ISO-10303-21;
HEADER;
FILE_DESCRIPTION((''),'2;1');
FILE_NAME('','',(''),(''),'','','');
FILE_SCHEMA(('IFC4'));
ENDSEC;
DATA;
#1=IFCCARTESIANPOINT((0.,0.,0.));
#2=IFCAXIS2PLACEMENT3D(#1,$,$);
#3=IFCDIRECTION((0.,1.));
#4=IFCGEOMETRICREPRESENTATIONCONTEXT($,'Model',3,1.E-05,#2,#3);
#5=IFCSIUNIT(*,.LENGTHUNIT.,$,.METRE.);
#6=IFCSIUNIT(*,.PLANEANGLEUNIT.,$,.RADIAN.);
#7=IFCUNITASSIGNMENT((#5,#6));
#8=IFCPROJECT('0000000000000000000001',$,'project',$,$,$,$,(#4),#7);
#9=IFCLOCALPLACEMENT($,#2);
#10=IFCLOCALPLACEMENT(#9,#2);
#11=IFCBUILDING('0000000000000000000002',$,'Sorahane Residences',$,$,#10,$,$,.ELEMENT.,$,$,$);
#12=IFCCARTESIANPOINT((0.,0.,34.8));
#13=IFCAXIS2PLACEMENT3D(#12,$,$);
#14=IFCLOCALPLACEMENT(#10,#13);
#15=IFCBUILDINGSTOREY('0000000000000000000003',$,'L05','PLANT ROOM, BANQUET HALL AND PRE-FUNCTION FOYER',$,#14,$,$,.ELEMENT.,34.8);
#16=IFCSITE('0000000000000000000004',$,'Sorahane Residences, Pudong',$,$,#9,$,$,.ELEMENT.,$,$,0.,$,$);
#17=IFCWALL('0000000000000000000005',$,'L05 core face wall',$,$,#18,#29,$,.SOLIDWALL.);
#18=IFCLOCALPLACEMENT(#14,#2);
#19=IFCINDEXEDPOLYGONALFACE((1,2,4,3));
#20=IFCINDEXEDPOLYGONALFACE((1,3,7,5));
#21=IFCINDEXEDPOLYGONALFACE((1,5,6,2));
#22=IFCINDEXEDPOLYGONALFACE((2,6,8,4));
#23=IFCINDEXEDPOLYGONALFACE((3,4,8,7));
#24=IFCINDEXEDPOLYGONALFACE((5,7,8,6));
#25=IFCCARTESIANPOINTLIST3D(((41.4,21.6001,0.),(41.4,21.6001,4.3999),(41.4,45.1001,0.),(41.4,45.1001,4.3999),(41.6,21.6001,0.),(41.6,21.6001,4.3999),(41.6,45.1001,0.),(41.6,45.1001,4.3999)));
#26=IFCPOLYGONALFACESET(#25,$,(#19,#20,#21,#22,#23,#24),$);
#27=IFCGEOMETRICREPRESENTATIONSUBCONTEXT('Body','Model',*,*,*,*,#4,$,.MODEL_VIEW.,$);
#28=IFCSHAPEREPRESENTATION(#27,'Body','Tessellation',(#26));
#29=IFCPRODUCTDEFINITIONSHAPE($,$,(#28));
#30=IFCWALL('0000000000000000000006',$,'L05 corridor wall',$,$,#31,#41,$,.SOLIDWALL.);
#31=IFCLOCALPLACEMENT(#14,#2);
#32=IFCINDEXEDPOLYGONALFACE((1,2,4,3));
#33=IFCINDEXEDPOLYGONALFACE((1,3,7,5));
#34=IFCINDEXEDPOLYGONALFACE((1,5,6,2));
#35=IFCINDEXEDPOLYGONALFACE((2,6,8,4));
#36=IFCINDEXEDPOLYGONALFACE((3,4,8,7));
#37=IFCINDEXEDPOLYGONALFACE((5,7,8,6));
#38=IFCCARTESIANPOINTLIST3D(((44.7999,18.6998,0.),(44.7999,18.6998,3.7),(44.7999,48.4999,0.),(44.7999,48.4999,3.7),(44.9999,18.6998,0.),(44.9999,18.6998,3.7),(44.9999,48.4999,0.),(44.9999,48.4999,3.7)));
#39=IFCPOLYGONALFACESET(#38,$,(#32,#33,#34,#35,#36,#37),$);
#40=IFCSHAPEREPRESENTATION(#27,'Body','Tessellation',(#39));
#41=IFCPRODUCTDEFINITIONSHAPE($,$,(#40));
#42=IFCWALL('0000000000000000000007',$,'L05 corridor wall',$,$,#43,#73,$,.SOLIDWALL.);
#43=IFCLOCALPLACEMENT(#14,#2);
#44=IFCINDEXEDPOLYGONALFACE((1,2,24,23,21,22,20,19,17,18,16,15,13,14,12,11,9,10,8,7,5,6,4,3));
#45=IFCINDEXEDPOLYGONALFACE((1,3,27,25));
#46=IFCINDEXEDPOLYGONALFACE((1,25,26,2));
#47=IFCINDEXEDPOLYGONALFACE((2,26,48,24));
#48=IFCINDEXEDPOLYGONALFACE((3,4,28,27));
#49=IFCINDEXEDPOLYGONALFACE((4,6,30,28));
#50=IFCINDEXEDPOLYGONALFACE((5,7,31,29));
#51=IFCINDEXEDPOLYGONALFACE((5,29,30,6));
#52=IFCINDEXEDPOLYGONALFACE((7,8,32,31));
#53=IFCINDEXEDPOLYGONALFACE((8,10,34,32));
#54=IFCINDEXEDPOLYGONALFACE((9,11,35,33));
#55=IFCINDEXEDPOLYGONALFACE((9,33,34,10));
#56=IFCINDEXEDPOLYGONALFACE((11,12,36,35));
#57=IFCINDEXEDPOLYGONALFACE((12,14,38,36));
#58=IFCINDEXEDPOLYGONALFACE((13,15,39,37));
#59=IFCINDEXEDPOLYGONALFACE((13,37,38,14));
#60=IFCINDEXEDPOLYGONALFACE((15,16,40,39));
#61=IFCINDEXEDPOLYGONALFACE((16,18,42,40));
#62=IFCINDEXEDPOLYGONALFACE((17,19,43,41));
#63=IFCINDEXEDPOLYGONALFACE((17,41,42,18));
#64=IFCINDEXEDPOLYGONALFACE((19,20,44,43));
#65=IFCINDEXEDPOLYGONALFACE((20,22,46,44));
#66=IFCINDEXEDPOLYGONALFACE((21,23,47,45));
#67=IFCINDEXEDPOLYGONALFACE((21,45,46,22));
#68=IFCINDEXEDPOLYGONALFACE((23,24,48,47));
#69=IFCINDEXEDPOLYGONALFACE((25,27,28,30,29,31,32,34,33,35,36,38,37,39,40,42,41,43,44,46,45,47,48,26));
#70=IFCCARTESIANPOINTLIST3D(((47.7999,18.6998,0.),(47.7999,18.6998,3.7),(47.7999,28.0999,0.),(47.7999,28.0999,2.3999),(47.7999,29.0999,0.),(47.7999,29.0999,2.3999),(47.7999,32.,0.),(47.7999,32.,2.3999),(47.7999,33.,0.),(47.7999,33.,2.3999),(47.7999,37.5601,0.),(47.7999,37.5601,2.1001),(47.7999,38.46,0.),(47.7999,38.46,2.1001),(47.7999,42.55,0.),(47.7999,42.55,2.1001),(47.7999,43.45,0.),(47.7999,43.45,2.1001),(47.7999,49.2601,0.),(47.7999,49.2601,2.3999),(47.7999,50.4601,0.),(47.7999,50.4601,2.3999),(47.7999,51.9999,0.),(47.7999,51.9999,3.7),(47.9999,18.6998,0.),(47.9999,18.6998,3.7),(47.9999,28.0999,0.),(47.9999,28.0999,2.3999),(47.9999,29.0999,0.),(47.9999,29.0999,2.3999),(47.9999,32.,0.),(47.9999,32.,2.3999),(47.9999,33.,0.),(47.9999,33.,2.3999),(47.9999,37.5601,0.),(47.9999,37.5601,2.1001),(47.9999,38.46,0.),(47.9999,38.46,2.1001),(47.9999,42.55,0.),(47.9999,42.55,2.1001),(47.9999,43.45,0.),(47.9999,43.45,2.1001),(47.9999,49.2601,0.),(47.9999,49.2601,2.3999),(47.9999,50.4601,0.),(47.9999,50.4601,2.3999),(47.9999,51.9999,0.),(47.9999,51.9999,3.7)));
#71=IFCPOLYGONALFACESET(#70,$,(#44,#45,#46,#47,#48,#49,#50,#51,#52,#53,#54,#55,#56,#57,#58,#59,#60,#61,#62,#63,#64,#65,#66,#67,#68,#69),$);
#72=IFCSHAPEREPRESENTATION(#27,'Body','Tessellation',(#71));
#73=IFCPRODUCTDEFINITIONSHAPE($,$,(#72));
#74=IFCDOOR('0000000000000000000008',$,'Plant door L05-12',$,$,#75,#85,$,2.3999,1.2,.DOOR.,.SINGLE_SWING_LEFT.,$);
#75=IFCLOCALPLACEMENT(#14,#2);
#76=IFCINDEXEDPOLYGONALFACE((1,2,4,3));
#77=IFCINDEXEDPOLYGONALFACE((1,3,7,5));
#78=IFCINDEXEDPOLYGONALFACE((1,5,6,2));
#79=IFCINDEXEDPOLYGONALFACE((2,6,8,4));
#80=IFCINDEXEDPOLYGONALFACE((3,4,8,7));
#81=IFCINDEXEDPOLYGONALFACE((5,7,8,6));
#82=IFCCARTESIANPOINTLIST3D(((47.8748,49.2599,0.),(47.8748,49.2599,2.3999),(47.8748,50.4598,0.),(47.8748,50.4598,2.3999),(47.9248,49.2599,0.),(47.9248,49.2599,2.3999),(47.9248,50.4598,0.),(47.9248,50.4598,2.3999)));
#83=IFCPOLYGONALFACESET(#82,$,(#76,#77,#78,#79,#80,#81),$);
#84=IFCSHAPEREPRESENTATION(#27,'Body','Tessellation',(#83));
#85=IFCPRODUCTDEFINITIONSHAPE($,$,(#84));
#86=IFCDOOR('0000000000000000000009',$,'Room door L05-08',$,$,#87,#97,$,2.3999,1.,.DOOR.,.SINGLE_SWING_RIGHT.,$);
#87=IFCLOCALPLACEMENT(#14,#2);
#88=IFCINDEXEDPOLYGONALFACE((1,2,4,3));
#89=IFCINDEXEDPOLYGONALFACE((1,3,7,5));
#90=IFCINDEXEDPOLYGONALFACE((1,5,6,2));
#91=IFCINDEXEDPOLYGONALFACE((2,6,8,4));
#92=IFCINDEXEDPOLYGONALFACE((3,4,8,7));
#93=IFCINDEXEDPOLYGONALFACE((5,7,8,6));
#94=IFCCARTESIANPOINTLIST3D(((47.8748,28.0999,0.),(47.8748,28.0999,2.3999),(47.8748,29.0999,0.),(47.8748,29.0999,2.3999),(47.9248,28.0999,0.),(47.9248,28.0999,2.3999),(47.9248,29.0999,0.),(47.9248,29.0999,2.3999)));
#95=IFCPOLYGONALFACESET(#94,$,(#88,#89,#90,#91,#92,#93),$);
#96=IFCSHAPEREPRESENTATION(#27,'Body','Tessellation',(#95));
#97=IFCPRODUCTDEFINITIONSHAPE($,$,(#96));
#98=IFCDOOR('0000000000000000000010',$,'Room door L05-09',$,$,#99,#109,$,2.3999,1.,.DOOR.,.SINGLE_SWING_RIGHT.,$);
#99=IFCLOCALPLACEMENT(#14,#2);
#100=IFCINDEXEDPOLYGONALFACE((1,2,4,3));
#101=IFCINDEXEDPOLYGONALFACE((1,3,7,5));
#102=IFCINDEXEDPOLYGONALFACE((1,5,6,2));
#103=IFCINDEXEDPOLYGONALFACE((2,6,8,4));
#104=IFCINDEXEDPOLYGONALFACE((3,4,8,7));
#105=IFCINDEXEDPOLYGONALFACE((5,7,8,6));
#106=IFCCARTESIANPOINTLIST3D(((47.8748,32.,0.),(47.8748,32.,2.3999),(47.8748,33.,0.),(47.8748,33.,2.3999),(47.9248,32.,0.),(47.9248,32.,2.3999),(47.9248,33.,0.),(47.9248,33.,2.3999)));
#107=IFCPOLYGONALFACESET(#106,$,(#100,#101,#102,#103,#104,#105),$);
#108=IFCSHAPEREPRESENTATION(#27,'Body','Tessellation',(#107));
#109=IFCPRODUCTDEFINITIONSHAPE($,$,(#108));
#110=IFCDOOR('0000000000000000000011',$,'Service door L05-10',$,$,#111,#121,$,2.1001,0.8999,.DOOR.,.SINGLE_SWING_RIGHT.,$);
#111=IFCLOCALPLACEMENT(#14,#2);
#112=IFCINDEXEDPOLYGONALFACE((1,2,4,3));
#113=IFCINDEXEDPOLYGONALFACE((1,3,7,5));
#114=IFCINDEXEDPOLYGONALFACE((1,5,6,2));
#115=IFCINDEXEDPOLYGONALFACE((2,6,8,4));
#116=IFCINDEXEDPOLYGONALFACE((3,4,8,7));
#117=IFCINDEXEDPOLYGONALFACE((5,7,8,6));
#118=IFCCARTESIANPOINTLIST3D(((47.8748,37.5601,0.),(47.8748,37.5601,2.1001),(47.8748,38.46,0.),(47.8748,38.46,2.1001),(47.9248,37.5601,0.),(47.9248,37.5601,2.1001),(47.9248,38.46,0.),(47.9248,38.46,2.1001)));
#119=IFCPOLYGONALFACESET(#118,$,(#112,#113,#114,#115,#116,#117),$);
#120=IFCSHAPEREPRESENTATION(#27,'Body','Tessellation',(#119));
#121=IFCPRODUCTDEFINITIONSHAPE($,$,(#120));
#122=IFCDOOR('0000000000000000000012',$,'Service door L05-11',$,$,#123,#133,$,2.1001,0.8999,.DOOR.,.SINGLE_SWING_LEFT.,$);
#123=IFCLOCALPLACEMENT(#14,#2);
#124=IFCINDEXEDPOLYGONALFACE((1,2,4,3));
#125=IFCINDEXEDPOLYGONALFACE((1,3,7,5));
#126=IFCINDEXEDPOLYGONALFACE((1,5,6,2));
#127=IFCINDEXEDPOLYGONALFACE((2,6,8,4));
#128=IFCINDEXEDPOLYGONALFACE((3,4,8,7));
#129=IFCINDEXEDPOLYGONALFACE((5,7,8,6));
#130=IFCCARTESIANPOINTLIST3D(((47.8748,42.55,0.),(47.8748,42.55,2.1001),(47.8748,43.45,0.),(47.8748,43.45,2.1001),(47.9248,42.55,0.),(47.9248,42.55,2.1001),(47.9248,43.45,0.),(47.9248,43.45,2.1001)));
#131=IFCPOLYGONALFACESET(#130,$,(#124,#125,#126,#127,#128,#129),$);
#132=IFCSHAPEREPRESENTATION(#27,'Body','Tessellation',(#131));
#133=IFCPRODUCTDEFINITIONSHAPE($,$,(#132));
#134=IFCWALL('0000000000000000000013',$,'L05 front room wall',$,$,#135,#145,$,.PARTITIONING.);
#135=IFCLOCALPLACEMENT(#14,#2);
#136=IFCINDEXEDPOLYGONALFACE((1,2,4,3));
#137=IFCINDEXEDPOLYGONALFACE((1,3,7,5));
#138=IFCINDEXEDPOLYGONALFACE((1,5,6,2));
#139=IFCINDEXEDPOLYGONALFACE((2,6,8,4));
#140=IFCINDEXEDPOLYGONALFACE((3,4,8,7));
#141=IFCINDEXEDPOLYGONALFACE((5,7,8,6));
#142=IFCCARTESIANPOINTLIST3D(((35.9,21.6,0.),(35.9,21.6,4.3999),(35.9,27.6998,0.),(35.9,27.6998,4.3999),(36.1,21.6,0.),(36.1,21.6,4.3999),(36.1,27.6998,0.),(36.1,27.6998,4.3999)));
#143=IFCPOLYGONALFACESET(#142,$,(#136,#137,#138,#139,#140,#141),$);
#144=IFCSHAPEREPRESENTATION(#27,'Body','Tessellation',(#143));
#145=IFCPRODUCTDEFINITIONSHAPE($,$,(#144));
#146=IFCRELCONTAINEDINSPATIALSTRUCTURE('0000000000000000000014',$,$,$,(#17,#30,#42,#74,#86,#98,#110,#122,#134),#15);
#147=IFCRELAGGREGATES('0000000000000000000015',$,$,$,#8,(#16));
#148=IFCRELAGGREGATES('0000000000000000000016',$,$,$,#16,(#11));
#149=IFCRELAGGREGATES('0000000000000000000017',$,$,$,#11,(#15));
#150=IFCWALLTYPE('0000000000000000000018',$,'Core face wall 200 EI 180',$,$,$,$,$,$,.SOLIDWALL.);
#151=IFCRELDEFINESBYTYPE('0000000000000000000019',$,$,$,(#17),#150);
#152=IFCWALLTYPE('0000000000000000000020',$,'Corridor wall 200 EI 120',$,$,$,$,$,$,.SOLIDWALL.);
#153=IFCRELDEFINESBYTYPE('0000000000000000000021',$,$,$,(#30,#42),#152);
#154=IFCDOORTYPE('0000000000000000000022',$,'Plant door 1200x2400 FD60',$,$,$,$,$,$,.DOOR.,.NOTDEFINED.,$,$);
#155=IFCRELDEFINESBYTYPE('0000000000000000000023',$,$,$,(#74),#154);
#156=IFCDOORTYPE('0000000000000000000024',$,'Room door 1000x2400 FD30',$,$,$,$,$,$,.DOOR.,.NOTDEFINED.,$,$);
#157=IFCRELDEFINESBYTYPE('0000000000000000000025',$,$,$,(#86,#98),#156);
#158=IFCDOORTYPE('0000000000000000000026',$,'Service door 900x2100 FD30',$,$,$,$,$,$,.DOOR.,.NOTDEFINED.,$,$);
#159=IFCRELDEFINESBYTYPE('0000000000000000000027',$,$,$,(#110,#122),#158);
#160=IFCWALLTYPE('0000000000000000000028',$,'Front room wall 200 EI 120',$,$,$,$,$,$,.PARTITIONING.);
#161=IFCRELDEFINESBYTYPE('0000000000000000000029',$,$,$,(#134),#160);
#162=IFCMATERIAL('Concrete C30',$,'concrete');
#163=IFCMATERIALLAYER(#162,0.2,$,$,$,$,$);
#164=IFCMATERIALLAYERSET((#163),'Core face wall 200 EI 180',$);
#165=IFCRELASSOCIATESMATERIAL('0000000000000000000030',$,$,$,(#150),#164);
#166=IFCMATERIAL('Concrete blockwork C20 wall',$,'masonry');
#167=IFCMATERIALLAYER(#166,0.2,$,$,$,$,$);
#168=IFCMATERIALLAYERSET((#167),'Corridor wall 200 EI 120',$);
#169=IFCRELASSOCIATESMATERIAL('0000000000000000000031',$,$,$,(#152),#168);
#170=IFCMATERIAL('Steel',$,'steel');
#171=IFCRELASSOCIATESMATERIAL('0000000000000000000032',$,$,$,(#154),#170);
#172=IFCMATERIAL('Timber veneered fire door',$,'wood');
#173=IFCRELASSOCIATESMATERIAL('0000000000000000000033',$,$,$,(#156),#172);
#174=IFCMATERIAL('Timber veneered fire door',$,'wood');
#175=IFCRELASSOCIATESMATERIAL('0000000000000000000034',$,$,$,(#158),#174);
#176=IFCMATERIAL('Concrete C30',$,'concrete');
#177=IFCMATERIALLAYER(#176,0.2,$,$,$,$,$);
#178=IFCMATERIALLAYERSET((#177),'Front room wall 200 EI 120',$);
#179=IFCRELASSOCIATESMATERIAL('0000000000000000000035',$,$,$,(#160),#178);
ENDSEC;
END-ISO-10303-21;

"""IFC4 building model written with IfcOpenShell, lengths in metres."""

from ifc_helpers import new_model, si_unit, direction, frame, frame_2d, origin, place, context, subcontext, project, spatial, rectangle, extrude, material, layer, layer_set, type_object, element, fill, save


model = new_model("IFC4")

# Units and contexts
model_context = context("Model", 3, precision=1e-05, world=origin(), true_north=direction((0.0, 1.0)))
body_context = subcontext(model_context, "Body", "Model", "MODEL_VIEW")
ifc_project = project(units=[si_unit("LENGTHUNIT", "METRE"), si_unit("PLANEANGLEUNIT", "RADIAN")], contexts=[model_context])

# Site, building, storey
site_placement = place(None, origin())
site = spatial("IfcSite", under=ifc_project, at=site_placement, Name="Sorahane Residences, Pudong", CompositionType="ELEMENT", RefElevation=0.0)
building_placement = place(site_placement, origin())
building = spatial("IfcBuilding", under=site, at=building_placement, Name="Sorahane Residences", CompositionType="ELEMENT")
storey_placement = place(building_placement, frame((0.0, 0.0, 34.8)))
storey = spatial("IfcBuildingStorey", under=building, at=storey_placement, Name="L05", Description="PLANT ROOM, BANQUET HALL AND PRE-FUNCTION FOYER", CompositionType="ELEMENT", Elevation=34.8)

# Walls
ifc_material_1 = material(Name="Concrete C30", Category="concrete")
ifc_layer_1 = layer(ifc_material_1, 0.2)
ifc_layer_set_1 = layer_set([ifc_layer_1], Name="Core face wall 200 EI 180")
wall_type_1 = type_object("IfcWallType", Name="Core face wall 200 EI 180", PredefinedType="SOLIDWALL", material=ifc_layer_set_1)
wall_1_placement = place(storey_placement, frame((41.5, 21.6001, 0.0), z_axis=(0.0, 0.0, 1.0), x_axis=(0.0, 1.0, 0.0)))
element("IfcWall", 1, at=wall_1_placement, inside=storey, type_object=wall_type_1, Name="L05 core face wall", PredefinedType="SOLIDWALL", context=body_context, shape_type="SweptSolid", body=[
    extrude(rectangle(XDim=23.5, YDim=0.2, at=frame_2d((11.75, 0.0))), origin(), (0.0, 0.0, 1.0), 4.3999),
])
ifc_material_2 = material(Name="Concrete blockwork C20 wall", Category="masonry")
ifc_layer_2 = layer(ifc_material_2, 0.2)
ifc_layer_set_2 = layer_set([ifc_layer_2], Name="Corridor wall 200 EI 120")
wall_type_2 = type_object("IfcWallType", Name="Corridor wall 200 EI 120", PredefinedType="SOLIDWALL", material=ifc_layer_set_2)
wall_2_placement = place(storey_placement, frame((44.8999, 18.7, 0.0), z_axis=(0.0, 0.0, 1.0), x_axis=(0.0, 1.0, 0.0)))
element("IfcWall", 2, at=wall_2_placement, inside=storey, type_object=wall_type_2, Name="L05 corridor wall", PredefinedType="SOLIDWALL", context=body_context, shape_type="SweptSolid", body=[
    extrude(rectangle(XDim=29.8, YDim=0.2, at=frame_2d((14.8999, 0.0))), origin(), (0.0, 0.0, 1.0), 3.7),
])

# Wall, openings, doors
wall_3_placement = place(storey_placement, frame((47.8999, 18.7, 0.0), z_axis=(0.0, 0.0, 1.0), x_axis=(0.0, 1.0, 0.0)))
wall_3 = element("IfcWall", 3, at=wall_3_placement, inside=storey, type_object=wall_type_2, Name="L05 corridor wall", PredefinedType="SOLIDWALL", context=body_context, shape_type="SweptSolid", body=[
    extrude(rectangle(XDim=33.3, YDim=0.2, at=frame_2d((16.6499, 0.0))), origin(), (0.0, 0.0, 1.0), 3.7),
])
opening_1_placement = place(wall_3_placement, frame((9.3999, 0.0, 0.0)))
opening_1 = element("IfcOpeningElement", 4, at=opening_1_placement, cuts=wall_3, PredefinedType="OPENING", context=body_context, shape_type="SweptSolid", body=[
    extrude(rectangle(XDim=1.0, YDim=2.3999, at=frame_2d((0.5, 1.2))), frame((0.0, 0.1099, 0.0), z_axis=(0.0, -1.0, 0.0), x_axis=(1.0, 0.0, 0.0)), (0.0, 0.0, 1.0), 0.22),
])
opening_2_placement = place(wall_3_placement, frame((13.3, 0.0, 0.0)))
opening_2 = element("IfcOpeningElement", 5, at=opening_2_placement, cuts=wall_3, PredefinedType="OPENING", context=body_context, shape_type="SweptSolid", body=[
    extrude(rectangle(XDim=1.0, YDim=2.3999, at=frame_2d((0.5, 1.2))), frame((0.0, 0.1099, 0.0), z_axis=(0.0, -1.0, 0.0), x_axis=(1.0, 0.0, 0.0)), (0.0, 0.0, 1.0), 0.22),
])
opening_3_placement = place(wall_3_placement, frame((18.8601, 0.0, 0.0)))
opening_3 = element("IfcOpeningElement", 6, at=opening_3_placement, cuts=wall_3, PredefinedType="OPENING", context=body_context, shape_type="SweptSolid", body=[
    extrude(rectangle(XDim=0.8999, YDim=2.1001, at=frame_2d((0.45, 1.05))), frame((0.0, 0.1099, 0.0), z_axis=(0.0, -1.0, 0.0), x_axis=(1.0, 0.0, 0.0)), (0.0, 0.0, 1.0), 0.22),
])
opening_4_placement = place(wall_3_placement, frame((23.8501, 0.0, 0.0)))
opening_4 = element("IfcOpeningElement", 7, at=opening_4_placement, cuts=wall_3, PredefinedType="OPENING", context=body_context, shape_type="SweptSolid", body=[
    extrude(rectangle(XDim=0.8999, YDim=2.1001, at=frame_2d((0.45, 1.05))), frame((0.0, 0.1099, 0.0), z_axis=(0.0, -1.0, 0.0), x_axis=(1.0, 0.0, 0.0)), (0.0, 0.0, 1.0), 0.22),
])
opening_5_placement = place(wall_3_placement, frame((30.5601, 0.0, 0.0)))
opening_5 = element("IfcOpeningElement", 8, at=opening_5_placement, cuts=wall_3, PredefinedType="OPENING", context=body_context, shape_type="SweptSolid", body=[
    extrude(rectangle(XDim=1.2, YDim=2.3999, at=frame_2d((0.6001, 1.2))), frame((0.0, 0.1099, 0.0), z_axis=(0.0, -1.0, 0.0), x_axis=(1.0, 0.0, 0.0)), (0.0, 0.0, 1.0), 0.22),
])
ifc_material_3 = material(Name="Steel", Category="steel")
door_type_1 = type_object("IfcDoorType", Name="Plant door 1200x2400 FD60", OperationType="NOTDEFINED", PredefinedType="DOOR", material=ifc_material_3)
door_1_placement = place(opening_5_placement, frame((1.2, 0.0, 0.0), z_axis=(0.0, 0.0, 1.0), x_axis=(-1.0, 0.0, 0.0)))
door_1 = element("IfcDoor", 9, at=door_1_placement, inside=storey, type_object=door_type_1, Name="Plant door L05-12", OperationType="SINGLE_SWING_LEFT", OverallHeight=2.3999, OverallWidth=1.2, PredefinedType="DOOR", context=body_context, shape_type="SweptSolid", body=[
    extrude(rectangle(XDim=1.2, YDim=2.3999, at=frame_2d((0.6001, 1.2))), frame((0.0, 0.0249, 0.0), z_axis=(0.0, -1.0, 0.0), x_axis=(1.0, 0.0, 0.0)), (0.0, 0.0, 1.0), 0.05),
])
fill(opening_5, door_1)
ifc_material_4 = material(Name="Timber veneered fire door", Category="wood")
door_type_2 = type_object("IfcDoorType", Name="Room door 1000x2400 FD30", OperationType="NOTDEFINED", PredefinedType="DOOR", material=ifc_material_4)
door_2_placement = place(opening_1_placement, frame((1.0, 0.0, 0.0), z_axis=(0.0, 0.0, 1.0), x_axis=(-1.0, 0.0, 0.0)))
door_2 = element("IfcDoor", 10, at=door_2_placement, inside=storey, type_object=door_type_2, Name="Room door L05-08", OperationType="SINGLE_SWING_RIGHT", OverallHeight=2.3999, OverallWidth=1.0, PredefinedType="DOOR", context=body_context, shape_type="SweptSolid", body=[
    extrude(rectangle(XDim=1.0, YDim=2.3999, at=frame_2d((0.5, 1.2))), frame((0.0, 0.0249, 0.0), z_axis=(0.0, -1.0, 0.0), x_axis=(1.0, 0.0, 0.0)), (0.0, 0.0, 1.0), 0.05),
])
fill(opening_1, door_2)
door_3_placement = place(opening_2_placement, frame((1.0, 0.0, 0.0), z_axis=(0.0, 0.0, 1.0), x_axis=(-1.0, 0.0, 0.0)))
door_3 = element("IfcDoor", 11, at=door_3_placement, inside=storey, type_object=door_type_2, Name="Room door L05-09", OperationType="SINGLE_SWING_RIGHT", OverallHeight=2.3999, OverallWidth=1.0, PredefinedType="DOOR", context=body_context, shape_type="SweptSolid", body=[
    extrude(rectangle(XDim=1.0, YDim=2.3999, at=frame_2d((0.5, 1.2))), frame((0.0, 0.0249, 0.0), z_axis=(0.0, -1.0, 0.0), x_axis=(1.0, 0.0, 0.0)), (0.0, 0.0, 1.0), 0.05),
])
fill(opening_2, door_3)
ifc_material_5 = material(Name="Timber veneered fire door", Category="wood")
door_type_3 = type_object("IfcDoorType", Name="Service door 900x2100 FD30", OperationType="NOTDEFINED", PredefinedType="DOOR", material=ifc_material_5)
door_4_placement = place(opening_3_placement, frame((0.8999, 0.0, 0.0), z_axis=(0.0, 0.0, 1.0), x_axis=(-1.0, 0.0, 0.0)))
door_4 = element("IfcDoor", 12, at=door_4_placement, inside=storey, type_object=door_type_3, Name="Service door L05-10", OperationType="SINGLE_SWING_RIGHT", OverallHeight=2.1001, OverallWidth=0.8999, PredefinedType="DOOR", context=body_context, shape_type="SweptSolid", body=[
    extrude(rectangle(XDim=0.8999, YDim=2.1001, at=frame_2d((0.45, 1.05))), frame((0.0, 0.0249, 0.0), z_axis=(0.0, -1.0, 0.0), x_axis=(1.0, 0.0, 0.0)), (0.0, 0.0, 1.0), 0.05),
])
fill(opening_3, door_4)
door_5_placement = place(opening_4_placement, frame((0.8999, 0.0, 0.0), z_axis=(0.0, 0.0, 1.0), x_axis=(-1.0, 0.0, 0.0)))
door_5 = element("IfcDoor", 13, at=door_5_placement, inside=storey, type_object=door_type_3, Name="Service door L05-11", OperationType="SINGLE_SWING_LEFT", OverallHeight=2.1001, OverallWidth=0.8999, PredefinedType="DOOR", context=body_context, shape_type="SweptSolid", body=[
    extrude(rectangle(XDim=0.8999, YDim=2.1001, at=frame_2d((0.45, 1.05))), frame((0.0, 0.0249, 0.0), z_axis=(0.0, -1.0, 0.0), x_axis=(1.0, 0.0, 0.0)), (0.0, 0.0, 1.0), 0.05),
])
fill(opening_4, door_5)

# Wall
ifc_material_6 = material(Name="Concrete C30", Category="concrete")
ifc_layer_3 = layer(ifc_material_6, 0.2)
ifc_layer_set_3 = layer_set([ifc_layer_3], Name="Front room wall 200 EI 120")
wall_type_3 = type_object("IfcWallType", Name="Front room wall 200 EI 120", PredefinedType="PARTITIONING", material=ifc_layer_set_3)
wall_4_placement = place(storey_placement, frame((36.0, 21.6001, 0.0), z_axis=(0.0, 0.0, 1.0), x_axis=(0.0, 1.0, 0.0)))
element("IfcWall", 14, at=wall_4_placement, inside=storey, type_object=wall_type_3, Name="L05 front room wall", PredefinedType="PARTITIONING", context=body_context, shape_type="SweptSolid", body=[
    extrude(rectangle(XDim=6.0999, YDim=0.2, at=frame_2d((3.0498, 0.0))), origin(), (0.0, 0.0, 1.0), 4.3999),
])

save(model, "model.ifc")
